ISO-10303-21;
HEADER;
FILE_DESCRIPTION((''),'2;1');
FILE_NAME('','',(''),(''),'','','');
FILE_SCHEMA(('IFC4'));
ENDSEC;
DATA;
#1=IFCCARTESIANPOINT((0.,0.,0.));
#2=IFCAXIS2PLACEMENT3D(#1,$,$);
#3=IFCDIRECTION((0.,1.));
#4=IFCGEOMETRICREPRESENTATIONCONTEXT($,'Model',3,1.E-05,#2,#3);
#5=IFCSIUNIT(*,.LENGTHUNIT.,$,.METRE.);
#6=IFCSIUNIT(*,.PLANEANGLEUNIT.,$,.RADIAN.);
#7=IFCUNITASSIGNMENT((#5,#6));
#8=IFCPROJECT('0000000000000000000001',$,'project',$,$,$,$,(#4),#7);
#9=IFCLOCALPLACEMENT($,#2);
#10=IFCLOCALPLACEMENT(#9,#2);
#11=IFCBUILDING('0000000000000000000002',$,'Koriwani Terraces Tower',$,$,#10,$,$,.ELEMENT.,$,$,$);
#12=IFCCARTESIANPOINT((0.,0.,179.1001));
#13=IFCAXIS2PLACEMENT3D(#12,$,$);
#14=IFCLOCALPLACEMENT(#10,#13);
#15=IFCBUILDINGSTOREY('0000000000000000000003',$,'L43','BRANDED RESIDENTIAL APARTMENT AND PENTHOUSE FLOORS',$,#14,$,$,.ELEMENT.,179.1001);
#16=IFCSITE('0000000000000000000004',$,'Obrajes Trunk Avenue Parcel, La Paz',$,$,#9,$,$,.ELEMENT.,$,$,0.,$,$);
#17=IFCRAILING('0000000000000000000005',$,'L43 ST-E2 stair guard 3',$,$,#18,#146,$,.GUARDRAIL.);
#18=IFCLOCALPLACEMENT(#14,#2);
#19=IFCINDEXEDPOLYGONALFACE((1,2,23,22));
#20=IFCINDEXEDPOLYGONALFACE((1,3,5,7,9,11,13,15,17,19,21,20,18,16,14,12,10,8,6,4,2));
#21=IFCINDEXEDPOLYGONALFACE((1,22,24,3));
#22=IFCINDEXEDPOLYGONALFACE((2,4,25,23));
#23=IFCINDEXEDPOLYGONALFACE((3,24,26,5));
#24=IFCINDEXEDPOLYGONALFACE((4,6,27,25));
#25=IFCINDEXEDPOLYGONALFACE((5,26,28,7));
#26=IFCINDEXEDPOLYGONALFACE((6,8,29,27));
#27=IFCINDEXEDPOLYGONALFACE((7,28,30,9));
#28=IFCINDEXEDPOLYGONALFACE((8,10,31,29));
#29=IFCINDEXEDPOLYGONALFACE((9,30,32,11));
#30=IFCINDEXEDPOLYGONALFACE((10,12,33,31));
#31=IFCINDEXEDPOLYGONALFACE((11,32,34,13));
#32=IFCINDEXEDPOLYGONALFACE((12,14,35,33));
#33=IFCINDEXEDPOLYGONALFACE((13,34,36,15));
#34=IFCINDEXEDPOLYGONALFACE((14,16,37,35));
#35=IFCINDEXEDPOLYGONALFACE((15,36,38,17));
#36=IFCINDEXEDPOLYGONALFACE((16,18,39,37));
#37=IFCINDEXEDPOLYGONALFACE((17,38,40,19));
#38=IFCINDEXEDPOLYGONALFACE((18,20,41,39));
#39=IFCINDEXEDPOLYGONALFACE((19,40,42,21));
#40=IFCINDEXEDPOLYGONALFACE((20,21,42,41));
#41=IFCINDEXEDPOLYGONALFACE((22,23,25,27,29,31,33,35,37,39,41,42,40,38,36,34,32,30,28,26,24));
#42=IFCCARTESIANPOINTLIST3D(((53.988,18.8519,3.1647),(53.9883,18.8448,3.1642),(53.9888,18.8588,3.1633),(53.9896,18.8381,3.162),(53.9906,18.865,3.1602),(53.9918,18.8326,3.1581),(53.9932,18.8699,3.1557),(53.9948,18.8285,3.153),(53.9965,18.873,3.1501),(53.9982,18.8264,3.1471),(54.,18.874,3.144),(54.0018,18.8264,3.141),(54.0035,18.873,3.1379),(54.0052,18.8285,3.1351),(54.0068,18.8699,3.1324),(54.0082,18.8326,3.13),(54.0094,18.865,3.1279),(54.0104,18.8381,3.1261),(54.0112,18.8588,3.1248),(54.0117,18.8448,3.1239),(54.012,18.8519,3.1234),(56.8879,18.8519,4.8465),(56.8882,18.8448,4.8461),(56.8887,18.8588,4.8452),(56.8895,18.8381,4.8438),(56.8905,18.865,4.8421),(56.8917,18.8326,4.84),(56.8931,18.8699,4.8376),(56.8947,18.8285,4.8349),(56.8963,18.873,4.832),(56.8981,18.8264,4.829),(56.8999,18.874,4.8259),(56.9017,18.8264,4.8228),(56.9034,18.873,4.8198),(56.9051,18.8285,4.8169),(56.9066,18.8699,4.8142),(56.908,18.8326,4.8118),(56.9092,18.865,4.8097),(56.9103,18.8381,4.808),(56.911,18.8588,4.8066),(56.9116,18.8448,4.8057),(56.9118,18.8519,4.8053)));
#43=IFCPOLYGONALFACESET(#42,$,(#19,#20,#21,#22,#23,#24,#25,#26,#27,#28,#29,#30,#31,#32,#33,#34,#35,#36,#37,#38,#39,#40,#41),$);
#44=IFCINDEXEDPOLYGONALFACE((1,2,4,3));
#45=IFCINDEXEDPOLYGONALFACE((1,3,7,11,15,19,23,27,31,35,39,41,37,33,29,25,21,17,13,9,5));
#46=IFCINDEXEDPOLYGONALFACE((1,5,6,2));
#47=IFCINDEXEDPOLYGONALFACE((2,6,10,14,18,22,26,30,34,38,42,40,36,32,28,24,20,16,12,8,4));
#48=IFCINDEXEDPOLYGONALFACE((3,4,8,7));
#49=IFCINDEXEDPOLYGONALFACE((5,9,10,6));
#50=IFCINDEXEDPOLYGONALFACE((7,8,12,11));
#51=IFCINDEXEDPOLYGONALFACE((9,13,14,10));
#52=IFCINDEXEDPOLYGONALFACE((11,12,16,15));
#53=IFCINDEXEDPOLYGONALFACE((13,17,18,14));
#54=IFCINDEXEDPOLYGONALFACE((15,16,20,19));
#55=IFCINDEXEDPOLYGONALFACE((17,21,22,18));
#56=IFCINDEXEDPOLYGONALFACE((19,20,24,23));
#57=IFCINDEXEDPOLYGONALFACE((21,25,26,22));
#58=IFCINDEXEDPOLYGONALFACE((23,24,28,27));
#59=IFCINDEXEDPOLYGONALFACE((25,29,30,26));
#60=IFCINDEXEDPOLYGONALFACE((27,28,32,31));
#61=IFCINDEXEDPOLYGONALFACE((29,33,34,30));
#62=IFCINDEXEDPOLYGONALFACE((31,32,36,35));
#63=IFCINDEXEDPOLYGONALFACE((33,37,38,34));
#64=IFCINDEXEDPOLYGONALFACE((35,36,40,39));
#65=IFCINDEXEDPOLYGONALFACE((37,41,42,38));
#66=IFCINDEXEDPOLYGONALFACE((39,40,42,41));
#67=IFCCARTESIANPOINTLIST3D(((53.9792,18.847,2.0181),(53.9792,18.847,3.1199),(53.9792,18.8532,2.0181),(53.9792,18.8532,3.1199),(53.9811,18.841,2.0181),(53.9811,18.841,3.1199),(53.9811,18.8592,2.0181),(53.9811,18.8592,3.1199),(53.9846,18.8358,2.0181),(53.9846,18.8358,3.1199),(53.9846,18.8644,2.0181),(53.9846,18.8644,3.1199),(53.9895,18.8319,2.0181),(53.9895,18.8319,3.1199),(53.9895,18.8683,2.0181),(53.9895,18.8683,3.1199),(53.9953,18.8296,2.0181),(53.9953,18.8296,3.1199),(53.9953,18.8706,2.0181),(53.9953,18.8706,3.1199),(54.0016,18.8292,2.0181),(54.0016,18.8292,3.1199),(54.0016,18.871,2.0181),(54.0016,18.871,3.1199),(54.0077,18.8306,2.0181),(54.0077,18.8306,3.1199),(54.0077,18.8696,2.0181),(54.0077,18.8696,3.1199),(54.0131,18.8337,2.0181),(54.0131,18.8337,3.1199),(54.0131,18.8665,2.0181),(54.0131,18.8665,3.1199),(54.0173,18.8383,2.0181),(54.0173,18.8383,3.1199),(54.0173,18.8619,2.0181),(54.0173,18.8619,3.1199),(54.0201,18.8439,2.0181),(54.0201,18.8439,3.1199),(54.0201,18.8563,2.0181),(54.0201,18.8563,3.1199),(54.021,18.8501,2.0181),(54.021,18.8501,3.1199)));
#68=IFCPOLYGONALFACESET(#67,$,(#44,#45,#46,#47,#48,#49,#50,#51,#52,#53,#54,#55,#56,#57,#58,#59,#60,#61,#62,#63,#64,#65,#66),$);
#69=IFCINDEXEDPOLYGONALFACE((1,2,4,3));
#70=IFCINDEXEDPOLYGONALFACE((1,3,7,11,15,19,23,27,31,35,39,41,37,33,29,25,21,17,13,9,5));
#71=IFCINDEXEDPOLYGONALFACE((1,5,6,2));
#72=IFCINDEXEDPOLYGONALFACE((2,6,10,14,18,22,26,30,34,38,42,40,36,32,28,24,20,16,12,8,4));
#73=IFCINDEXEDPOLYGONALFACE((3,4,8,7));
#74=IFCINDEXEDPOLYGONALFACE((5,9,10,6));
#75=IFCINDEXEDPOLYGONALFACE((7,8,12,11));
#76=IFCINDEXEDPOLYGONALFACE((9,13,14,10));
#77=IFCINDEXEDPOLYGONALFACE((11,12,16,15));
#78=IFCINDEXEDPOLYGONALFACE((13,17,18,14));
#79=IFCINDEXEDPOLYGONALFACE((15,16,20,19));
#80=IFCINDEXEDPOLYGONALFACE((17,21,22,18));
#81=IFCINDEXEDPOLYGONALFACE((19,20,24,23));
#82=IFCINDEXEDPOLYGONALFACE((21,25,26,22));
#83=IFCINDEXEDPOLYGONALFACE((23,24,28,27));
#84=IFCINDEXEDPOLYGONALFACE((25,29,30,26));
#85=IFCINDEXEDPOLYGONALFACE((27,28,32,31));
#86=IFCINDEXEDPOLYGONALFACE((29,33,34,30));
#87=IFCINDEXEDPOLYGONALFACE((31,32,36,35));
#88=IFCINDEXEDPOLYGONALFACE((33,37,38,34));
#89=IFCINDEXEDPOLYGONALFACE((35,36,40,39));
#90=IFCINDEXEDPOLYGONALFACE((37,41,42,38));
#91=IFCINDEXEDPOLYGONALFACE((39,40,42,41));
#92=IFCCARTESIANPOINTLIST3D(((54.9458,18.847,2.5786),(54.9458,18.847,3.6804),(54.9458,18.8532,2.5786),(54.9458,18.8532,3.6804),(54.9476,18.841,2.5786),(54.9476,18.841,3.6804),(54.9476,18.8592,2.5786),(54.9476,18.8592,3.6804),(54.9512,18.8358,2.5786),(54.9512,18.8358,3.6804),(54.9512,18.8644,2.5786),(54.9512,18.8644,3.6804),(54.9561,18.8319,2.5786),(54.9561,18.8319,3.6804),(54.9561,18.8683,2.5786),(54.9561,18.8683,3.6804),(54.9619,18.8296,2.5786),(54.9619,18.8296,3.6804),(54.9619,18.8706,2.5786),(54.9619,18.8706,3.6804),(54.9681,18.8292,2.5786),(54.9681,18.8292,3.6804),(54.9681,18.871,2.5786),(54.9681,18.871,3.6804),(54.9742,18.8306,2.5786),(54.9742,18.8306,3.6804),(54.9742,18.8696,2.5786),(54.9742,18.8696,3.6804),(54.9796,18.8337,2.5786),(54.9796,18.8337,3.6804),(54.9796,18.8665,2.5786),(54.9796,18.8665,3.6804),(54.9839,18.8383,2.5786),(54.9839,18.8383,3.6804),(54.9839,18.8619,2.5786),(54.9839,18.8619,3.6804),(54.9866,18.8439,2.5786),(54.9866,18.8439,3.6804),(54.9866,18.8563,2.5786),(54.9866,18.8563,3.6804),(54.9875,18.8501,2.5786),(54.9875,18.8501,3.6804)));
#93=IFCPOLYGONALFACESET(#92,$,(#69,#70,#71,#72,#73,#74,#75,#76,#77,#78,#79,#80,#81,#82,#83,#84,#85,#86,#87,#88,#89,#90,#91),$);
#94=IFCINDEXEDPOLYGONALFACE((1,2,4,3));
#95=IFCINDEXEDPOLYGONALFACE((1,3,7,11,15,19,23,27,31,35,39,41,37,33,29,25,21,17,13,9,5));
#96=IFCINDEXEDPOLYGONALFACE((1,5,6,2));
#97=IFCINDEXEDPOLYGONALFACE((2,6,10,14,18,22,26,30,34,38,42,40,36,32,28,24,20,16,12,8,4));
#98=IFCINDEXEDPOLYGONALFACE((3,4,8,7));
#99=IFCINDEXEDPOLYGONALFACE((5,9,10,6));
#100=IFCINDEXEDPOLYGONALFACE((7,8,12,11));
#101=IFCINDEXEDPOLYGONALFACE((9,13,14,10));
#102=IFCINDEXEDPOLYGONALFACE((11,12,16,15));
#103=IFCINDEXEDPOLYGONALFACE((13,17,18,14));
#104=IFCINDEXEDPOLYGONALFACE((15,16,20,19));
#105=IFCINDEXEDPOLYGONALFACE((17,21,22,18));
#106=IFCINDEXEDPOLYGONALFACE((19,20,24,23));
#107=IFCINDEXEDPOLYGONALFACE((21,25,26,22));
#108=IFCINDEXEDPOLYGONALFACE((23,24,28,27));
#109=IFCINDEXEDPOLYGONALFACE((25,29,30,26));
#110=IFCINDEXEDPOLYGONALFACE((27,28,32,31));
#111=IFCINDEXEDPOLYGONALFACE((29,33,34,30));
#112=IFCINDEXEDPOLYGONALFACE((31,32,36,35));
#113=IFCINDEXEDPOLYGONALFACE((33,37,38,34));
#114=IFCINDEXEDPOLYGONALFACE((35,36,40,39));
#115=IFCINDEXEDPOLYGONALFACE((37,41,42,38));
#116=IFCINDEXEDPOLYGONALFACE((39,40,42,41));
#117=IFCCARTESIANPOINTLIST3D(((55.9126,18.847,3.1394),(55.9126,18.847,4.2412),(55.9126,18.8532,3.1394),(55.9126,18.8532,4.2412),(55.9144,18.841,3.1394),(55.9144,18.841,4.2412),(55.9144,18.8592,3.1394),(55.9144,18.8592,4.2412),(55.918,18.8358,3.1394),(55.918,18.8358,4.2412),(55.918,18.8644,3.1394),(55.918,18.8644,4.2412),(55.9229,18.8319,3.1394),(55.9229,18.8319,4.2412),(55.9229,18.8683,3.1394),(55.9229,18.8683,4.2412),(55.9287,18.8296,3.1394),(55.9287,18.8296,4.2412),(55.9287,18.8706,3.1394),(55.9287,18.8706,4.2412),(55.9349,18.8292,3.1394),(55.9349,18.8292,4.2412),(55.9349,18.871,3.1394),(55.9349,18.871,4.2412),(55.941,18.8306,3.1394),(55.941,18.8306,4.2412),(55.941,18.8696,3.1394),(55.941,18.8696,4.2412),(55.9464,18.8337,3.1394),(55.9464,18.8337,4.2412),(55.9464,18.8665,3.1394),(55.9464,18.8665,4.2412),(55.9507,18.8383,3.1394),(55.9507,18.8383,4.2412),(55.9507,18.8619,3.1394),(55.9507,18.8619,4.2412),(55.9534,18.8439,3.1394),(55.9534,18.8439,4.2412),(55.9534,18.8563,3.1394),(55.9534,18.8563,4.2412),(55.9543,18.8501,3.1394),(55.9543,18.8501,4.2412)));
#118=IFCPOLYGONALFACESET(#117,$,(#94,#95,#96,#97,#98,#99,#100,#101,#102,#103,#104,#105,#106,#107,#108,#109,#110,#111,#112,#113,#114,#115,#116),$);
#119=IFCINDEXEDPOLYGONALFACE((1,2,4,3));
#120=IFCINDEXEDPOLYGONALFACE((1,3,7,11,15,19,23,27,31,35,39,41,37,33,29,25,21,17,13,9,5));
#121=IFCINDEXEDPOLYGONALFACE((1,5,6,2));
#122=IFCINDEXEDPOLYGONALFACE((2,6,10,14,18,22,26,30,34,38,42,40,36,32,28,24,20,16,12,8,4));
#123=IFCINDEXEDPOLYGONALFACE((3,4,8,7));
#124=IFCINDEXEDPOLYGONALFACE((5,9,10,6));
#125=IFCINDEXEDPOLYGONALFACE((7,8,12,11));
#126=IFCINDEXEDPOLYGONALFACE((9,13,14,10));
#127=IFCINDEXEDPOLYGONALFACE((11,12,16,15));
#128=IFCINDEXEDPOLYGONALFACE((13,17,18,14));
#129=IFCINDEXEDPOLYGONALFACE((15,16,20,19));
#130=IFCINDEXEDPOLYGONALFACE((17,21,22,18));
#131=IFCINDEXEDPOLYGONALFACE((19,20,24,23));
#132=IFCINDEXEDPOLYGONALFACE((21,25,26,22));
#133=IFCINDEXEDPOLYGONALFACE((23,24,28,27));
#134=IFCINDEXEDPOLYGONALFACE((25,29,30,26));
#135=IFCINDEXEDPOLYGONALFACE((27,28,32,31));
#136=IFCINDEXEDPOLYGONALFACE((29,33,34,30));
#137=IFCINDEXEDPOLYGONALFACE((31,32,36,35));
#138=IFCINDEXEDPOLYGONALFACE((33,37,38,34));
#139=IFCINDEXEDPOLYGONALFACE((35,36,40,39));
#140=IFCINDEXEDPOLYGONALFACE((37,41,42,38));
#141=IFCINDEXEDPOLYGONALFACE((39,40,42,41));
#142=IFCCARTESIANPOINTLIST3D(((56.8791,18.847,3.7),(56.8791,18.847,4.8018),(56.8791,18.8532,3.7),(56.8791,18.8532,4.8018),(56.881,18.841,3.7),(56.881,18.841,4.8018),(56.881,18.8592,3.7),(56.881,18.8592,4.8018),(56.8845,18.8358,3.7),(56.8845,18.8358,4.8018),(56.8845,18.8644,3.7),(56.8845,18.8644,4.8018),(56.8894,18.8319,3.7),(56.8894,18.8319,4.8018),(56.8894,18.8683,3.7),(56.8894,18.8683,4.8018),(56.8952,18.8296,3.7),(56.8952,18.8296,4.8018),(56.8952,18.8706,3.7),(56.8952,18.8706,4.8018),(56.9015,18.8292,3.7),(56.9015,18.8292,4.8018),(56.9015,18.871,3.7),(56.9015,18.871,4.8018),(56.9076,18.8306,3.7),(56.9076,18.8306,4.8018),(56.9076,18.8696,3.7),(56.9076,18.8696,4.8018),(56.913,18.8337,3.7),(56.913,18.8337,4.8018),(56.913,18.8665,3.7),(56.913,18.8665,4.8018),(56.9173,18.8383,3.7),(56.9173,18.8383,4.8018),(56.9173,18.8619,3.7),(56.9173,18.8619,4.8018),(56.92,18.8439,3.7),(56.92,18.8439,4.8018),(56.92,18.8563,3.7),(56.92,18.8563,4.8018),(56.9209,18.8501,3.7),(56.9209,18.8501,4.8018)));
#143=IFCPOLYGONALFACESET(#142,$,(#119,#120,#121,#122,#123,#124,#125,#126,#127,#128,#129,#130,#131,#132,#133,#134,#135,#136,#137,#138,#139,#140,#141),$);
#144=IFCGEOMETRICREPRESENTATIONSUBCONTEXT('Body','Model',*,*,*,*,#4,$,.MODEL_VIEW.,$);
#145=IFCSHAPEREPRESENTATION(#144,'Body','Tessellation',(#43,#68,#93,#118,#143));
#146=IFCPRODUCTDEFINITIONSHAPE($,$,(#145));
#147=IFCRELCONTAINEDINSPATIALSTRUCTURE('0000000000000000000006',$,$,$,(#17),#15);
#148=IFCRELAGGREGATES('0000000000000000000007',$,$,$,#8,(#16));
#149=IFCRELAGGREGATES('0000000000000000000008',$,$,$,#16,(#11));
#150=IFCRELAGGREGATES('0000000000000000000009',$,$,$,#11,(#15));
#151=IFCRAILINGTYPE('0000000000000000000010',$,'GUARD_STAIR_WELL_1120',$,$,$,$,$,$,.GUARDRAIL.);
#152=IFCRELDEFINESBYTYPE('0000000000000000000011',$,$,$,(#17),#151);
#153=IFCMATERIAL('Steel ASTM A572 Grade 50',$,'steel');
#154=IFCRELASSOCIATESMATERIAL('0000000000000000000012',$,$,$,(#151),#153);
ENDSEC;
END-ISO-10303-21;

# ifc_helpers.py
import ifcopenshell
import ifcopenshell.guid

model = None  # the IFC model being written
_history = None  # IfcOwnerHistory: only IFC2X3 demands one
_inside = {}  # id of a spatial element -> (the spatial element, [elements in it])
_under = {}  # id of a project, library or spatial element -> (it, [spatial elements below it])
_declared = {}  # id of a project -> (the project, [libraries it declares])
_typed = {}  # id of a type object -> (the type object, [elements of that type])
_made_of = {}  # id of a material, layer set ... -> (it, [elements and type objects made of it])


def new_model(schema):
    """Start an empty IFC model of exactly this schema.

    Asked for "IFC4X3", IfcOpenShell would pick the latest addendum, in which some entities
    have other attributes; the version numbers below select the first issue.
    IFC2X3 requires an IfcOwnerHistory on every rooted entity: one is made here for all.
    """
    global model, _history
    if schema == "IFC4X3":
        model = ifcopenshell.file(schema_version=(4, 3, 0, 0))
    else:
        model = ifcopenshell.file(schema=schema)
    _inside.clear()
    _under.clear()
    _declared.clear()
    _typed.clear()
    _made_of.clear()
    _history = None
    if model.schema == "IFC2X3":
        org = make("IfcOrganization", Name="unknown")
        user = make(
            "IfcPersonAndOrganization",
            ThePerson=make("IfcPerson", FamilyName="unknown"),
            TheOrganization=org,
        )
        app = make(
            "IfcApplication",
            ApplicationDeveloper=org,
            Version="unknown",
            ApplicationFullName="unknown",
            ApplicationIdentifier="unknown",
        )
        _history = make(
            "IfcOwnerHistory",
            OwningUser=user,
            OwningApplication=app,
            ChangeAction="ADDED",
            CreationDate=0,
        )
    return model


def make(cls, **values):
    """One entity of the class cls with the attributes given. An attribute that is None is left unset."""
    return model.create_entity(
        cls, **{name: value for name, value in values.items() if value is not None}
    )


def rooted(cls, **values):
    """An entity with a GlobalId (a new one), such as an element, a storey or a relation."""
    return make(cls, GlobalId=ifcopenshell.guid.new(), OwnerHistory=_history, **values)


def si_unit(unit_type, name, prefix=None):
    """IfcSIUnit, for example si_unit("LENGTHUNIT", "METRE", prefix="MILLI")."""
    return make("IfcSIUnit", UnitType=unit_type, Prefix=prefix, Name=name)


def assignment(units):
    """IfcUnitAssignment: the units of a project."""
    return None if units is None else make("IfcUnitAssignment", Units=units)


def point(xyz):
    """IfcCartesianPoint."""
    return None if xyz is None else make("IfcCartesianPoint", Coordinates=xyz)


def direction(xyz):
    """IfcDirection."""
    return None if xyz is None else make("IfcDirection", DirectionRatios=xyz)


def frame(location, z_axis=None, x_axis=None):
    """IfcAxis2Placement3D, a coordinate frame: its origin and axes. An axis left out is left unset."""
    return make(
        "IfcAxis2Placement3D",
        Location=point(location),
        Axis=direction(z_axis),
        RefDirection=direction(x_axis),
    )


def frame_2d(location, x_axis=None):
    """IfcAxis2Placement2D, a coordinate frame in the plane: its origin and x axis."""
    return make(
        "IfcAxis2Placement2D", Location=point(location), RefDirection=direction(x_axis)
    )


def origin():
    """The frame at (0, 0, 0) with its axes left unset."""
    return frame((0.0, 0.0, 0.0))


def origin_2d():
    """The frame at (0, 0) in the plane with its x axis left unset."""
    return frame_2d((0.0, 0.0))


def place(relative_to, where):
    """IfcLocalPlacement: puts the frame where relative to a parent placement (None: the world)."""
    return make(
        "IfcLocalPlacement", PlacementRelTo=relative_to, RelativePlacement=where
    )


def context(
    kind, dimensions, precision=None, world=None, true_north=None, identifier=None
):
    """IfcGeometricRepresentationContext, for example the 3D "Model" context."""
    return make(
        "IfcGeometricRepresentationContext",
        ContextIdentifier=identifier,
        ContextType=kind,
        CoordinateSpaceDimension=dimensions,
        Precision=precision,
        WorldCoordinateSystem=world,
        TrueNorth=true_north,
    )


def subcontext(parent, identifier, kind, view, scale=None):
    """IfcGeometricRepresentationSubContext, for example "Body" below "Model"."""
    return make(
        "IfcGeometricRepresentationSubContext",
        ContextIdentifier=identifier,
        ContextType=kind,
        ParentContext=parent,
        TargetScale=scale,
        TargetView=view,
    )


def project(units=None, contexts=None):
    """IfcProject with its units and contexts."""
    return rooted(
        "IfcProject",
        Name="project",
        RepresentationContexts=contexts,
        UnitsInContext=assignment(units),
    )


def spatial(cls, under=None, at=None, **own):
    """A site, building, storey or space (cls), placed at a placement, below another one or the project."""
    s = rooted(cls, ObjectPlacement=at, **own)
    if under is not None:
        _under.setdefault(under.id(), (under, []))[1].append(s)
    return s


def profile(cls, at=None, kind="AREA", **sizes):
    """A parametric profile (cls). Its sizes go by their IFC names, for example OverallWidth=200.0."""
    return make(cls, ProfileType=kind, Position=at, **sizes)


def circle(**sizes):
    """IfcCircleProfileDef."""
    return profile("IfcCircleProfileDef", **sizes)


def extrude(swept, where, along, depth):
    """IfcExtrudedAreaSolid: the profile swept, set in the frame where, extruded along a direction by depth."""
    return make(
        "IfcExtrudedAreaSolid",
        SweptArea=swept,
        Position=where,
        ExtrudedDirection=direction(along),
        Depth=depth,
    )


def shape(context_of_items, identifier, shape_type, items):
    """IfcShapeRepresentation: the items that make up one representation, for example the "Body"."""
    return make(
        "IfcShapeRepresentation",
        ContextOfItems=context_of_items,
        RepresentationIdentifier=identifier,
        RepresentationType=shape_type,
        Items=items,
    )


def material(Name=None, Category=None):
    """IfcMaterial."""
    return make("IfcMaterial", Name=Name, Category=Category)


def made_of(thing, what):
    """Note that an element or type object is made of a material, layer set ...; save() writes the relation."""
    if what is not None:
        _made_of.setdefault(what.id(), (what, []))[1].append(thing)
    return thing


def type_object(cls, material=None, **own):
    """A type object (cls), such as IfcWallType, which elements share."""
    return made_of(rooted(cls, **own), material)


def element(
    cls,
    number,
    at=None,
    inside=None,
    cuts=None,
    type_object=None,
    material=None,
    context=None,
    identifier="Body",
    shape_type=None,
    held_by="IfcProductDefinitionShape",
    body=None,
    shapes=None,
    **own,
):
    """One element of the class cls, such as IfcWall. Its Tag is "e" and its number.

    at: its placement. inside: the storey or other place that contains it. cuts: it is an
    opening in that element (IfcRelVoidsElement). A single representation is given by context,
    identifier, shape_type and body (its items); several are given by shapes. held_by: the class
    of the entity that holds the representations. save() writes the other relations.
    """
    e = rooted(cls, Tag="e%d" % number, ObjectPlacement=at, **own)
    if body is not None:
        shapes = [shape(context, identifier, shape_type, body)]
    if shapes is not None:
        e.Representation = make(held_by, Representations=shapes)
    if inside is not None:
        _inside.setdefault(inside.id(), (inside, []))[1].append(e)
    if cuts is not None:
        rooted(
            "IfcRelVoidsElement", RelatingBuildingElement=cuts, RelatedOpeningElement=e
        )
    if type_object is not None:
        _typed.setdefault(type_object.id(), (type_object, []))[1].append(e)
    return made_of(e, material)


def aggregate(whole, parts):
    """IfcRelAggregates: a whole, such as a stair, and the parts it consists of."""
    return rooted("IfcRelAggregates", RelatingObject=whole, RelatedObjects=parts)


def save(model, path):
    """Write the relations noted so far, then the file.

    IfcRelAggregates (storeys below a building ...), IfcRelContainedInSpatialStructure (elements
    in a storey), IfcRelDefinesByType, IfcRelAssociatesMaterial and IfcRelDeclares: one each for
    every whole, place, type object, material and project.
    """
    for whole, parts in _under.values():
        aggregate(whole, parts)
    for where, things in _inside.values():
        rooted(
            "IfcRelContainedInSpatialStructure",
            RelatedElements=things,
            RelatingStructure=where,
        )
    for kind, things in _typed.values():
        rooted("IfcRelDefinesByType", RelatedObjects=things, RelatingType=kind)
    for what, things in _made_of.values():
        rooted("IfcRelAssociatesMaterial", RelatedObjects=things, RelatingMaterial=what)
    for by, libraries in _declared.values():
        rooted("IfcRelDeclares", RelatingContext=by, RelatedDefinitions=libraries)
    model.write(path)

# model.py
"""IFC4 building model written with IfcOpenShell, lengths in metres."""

from ifc_helpers import new_model, si_unit, direction, frame, origin, origin_2d, place, context, subcontext, project, spatial, circle, extrude, material, type_object, element, save


model = new_model("IFC4")

# Units and contexts
model_context = context("Model", 3, precision=1e-05, world=origin(), true_north=direction((0.0, 1.0)))
body_context = subcontext(model_context, "Body", "Model", "MODEL_VIEW")
ifc_project = project(units=[si_unit("LENGTHUNIT", "METRE"), si_unit("PLANEANGLEUNIT", "RADIAN")], contexts=[model_context])

# Site, building, storey
site_placement = place(None, origin())
site = spatial("IfcSite", under=ifc_project, at=site_placement, Name="Obrajes Trunk Avenue Parcel, La Paz", CompositionType="ELEMENT", RefElevation=0.0)
building_placement = place(site_placement, origin())
building = spatial("IfcBuilding", under=site, at=building_placement, Name="Koriwani Terraces Tower", CompositionType="ELEMENT")
storey_placement = place(building_placement, frame((0.0, 0.0, 179.1001)))
storey = spatial("IfcBuildingStorey", under=building, at=storey_placement, Name="L43", Description="BRANDED RESIDENTIAL APARTMENT AND PENTHOUSE FLOORS", CompositionType="ELEMENT", Elevation=179.1001)

# Shared definitions
ifc_material_1 = material(Name="Steel ASTM A572 Grade 50", Category="steel")

# Railing
railing_type_1 = type_object("IfcRailingType", Name="GUARD_STAIR_WELL_1120", PredefinedType="GUARDRAIL", material=ifc_material_1)
railing_1_placement = place(storey_placement, frame((54.0, 18.8501, 2.0181)))
element("IfcRailing", 1, at=railing_1_placement, inside=storey, type_object=railing_type_1, Name="L43 ST-E2 stair guard 3", PredefinedType="GUARDRAIL", context=body_context, shape_type="SweptSolid", body=[
    extrude(circle(Radius=0.0239, at=origin_2d()), frame((0.0, 0.0, 1.126), z_axis=(0.865039, 0.0, 0.501705), x_axis=(0.0, 1.0, 0.0)), (0.0, 0.0, 1.0), 3.3523),
    extrude(circle(Radius=0.021, at=origin_2d()), origin(), (0.0, 0.0, 1.0), 1.1018),
    extrude(circle(Radius=0.021, at=origin_2d()), frame((0.9666, 0.0, 0.5605)), (0.0, 0.0, 1.0), 1.1018),
    extrude(circle(Radius=0.021, at=origin_2d()), frame((1.9333, 0.0, 1.1213)), (0.0, 0.0, 1.0), 1.1018),
    extrude(circle(Radius=0.021, at=origin_2d()), frame((2.8999, 0.0, 1.6819)), (0.0, 0.0, 1.0), 1.1018),
])

save(model, "model.ifc")
